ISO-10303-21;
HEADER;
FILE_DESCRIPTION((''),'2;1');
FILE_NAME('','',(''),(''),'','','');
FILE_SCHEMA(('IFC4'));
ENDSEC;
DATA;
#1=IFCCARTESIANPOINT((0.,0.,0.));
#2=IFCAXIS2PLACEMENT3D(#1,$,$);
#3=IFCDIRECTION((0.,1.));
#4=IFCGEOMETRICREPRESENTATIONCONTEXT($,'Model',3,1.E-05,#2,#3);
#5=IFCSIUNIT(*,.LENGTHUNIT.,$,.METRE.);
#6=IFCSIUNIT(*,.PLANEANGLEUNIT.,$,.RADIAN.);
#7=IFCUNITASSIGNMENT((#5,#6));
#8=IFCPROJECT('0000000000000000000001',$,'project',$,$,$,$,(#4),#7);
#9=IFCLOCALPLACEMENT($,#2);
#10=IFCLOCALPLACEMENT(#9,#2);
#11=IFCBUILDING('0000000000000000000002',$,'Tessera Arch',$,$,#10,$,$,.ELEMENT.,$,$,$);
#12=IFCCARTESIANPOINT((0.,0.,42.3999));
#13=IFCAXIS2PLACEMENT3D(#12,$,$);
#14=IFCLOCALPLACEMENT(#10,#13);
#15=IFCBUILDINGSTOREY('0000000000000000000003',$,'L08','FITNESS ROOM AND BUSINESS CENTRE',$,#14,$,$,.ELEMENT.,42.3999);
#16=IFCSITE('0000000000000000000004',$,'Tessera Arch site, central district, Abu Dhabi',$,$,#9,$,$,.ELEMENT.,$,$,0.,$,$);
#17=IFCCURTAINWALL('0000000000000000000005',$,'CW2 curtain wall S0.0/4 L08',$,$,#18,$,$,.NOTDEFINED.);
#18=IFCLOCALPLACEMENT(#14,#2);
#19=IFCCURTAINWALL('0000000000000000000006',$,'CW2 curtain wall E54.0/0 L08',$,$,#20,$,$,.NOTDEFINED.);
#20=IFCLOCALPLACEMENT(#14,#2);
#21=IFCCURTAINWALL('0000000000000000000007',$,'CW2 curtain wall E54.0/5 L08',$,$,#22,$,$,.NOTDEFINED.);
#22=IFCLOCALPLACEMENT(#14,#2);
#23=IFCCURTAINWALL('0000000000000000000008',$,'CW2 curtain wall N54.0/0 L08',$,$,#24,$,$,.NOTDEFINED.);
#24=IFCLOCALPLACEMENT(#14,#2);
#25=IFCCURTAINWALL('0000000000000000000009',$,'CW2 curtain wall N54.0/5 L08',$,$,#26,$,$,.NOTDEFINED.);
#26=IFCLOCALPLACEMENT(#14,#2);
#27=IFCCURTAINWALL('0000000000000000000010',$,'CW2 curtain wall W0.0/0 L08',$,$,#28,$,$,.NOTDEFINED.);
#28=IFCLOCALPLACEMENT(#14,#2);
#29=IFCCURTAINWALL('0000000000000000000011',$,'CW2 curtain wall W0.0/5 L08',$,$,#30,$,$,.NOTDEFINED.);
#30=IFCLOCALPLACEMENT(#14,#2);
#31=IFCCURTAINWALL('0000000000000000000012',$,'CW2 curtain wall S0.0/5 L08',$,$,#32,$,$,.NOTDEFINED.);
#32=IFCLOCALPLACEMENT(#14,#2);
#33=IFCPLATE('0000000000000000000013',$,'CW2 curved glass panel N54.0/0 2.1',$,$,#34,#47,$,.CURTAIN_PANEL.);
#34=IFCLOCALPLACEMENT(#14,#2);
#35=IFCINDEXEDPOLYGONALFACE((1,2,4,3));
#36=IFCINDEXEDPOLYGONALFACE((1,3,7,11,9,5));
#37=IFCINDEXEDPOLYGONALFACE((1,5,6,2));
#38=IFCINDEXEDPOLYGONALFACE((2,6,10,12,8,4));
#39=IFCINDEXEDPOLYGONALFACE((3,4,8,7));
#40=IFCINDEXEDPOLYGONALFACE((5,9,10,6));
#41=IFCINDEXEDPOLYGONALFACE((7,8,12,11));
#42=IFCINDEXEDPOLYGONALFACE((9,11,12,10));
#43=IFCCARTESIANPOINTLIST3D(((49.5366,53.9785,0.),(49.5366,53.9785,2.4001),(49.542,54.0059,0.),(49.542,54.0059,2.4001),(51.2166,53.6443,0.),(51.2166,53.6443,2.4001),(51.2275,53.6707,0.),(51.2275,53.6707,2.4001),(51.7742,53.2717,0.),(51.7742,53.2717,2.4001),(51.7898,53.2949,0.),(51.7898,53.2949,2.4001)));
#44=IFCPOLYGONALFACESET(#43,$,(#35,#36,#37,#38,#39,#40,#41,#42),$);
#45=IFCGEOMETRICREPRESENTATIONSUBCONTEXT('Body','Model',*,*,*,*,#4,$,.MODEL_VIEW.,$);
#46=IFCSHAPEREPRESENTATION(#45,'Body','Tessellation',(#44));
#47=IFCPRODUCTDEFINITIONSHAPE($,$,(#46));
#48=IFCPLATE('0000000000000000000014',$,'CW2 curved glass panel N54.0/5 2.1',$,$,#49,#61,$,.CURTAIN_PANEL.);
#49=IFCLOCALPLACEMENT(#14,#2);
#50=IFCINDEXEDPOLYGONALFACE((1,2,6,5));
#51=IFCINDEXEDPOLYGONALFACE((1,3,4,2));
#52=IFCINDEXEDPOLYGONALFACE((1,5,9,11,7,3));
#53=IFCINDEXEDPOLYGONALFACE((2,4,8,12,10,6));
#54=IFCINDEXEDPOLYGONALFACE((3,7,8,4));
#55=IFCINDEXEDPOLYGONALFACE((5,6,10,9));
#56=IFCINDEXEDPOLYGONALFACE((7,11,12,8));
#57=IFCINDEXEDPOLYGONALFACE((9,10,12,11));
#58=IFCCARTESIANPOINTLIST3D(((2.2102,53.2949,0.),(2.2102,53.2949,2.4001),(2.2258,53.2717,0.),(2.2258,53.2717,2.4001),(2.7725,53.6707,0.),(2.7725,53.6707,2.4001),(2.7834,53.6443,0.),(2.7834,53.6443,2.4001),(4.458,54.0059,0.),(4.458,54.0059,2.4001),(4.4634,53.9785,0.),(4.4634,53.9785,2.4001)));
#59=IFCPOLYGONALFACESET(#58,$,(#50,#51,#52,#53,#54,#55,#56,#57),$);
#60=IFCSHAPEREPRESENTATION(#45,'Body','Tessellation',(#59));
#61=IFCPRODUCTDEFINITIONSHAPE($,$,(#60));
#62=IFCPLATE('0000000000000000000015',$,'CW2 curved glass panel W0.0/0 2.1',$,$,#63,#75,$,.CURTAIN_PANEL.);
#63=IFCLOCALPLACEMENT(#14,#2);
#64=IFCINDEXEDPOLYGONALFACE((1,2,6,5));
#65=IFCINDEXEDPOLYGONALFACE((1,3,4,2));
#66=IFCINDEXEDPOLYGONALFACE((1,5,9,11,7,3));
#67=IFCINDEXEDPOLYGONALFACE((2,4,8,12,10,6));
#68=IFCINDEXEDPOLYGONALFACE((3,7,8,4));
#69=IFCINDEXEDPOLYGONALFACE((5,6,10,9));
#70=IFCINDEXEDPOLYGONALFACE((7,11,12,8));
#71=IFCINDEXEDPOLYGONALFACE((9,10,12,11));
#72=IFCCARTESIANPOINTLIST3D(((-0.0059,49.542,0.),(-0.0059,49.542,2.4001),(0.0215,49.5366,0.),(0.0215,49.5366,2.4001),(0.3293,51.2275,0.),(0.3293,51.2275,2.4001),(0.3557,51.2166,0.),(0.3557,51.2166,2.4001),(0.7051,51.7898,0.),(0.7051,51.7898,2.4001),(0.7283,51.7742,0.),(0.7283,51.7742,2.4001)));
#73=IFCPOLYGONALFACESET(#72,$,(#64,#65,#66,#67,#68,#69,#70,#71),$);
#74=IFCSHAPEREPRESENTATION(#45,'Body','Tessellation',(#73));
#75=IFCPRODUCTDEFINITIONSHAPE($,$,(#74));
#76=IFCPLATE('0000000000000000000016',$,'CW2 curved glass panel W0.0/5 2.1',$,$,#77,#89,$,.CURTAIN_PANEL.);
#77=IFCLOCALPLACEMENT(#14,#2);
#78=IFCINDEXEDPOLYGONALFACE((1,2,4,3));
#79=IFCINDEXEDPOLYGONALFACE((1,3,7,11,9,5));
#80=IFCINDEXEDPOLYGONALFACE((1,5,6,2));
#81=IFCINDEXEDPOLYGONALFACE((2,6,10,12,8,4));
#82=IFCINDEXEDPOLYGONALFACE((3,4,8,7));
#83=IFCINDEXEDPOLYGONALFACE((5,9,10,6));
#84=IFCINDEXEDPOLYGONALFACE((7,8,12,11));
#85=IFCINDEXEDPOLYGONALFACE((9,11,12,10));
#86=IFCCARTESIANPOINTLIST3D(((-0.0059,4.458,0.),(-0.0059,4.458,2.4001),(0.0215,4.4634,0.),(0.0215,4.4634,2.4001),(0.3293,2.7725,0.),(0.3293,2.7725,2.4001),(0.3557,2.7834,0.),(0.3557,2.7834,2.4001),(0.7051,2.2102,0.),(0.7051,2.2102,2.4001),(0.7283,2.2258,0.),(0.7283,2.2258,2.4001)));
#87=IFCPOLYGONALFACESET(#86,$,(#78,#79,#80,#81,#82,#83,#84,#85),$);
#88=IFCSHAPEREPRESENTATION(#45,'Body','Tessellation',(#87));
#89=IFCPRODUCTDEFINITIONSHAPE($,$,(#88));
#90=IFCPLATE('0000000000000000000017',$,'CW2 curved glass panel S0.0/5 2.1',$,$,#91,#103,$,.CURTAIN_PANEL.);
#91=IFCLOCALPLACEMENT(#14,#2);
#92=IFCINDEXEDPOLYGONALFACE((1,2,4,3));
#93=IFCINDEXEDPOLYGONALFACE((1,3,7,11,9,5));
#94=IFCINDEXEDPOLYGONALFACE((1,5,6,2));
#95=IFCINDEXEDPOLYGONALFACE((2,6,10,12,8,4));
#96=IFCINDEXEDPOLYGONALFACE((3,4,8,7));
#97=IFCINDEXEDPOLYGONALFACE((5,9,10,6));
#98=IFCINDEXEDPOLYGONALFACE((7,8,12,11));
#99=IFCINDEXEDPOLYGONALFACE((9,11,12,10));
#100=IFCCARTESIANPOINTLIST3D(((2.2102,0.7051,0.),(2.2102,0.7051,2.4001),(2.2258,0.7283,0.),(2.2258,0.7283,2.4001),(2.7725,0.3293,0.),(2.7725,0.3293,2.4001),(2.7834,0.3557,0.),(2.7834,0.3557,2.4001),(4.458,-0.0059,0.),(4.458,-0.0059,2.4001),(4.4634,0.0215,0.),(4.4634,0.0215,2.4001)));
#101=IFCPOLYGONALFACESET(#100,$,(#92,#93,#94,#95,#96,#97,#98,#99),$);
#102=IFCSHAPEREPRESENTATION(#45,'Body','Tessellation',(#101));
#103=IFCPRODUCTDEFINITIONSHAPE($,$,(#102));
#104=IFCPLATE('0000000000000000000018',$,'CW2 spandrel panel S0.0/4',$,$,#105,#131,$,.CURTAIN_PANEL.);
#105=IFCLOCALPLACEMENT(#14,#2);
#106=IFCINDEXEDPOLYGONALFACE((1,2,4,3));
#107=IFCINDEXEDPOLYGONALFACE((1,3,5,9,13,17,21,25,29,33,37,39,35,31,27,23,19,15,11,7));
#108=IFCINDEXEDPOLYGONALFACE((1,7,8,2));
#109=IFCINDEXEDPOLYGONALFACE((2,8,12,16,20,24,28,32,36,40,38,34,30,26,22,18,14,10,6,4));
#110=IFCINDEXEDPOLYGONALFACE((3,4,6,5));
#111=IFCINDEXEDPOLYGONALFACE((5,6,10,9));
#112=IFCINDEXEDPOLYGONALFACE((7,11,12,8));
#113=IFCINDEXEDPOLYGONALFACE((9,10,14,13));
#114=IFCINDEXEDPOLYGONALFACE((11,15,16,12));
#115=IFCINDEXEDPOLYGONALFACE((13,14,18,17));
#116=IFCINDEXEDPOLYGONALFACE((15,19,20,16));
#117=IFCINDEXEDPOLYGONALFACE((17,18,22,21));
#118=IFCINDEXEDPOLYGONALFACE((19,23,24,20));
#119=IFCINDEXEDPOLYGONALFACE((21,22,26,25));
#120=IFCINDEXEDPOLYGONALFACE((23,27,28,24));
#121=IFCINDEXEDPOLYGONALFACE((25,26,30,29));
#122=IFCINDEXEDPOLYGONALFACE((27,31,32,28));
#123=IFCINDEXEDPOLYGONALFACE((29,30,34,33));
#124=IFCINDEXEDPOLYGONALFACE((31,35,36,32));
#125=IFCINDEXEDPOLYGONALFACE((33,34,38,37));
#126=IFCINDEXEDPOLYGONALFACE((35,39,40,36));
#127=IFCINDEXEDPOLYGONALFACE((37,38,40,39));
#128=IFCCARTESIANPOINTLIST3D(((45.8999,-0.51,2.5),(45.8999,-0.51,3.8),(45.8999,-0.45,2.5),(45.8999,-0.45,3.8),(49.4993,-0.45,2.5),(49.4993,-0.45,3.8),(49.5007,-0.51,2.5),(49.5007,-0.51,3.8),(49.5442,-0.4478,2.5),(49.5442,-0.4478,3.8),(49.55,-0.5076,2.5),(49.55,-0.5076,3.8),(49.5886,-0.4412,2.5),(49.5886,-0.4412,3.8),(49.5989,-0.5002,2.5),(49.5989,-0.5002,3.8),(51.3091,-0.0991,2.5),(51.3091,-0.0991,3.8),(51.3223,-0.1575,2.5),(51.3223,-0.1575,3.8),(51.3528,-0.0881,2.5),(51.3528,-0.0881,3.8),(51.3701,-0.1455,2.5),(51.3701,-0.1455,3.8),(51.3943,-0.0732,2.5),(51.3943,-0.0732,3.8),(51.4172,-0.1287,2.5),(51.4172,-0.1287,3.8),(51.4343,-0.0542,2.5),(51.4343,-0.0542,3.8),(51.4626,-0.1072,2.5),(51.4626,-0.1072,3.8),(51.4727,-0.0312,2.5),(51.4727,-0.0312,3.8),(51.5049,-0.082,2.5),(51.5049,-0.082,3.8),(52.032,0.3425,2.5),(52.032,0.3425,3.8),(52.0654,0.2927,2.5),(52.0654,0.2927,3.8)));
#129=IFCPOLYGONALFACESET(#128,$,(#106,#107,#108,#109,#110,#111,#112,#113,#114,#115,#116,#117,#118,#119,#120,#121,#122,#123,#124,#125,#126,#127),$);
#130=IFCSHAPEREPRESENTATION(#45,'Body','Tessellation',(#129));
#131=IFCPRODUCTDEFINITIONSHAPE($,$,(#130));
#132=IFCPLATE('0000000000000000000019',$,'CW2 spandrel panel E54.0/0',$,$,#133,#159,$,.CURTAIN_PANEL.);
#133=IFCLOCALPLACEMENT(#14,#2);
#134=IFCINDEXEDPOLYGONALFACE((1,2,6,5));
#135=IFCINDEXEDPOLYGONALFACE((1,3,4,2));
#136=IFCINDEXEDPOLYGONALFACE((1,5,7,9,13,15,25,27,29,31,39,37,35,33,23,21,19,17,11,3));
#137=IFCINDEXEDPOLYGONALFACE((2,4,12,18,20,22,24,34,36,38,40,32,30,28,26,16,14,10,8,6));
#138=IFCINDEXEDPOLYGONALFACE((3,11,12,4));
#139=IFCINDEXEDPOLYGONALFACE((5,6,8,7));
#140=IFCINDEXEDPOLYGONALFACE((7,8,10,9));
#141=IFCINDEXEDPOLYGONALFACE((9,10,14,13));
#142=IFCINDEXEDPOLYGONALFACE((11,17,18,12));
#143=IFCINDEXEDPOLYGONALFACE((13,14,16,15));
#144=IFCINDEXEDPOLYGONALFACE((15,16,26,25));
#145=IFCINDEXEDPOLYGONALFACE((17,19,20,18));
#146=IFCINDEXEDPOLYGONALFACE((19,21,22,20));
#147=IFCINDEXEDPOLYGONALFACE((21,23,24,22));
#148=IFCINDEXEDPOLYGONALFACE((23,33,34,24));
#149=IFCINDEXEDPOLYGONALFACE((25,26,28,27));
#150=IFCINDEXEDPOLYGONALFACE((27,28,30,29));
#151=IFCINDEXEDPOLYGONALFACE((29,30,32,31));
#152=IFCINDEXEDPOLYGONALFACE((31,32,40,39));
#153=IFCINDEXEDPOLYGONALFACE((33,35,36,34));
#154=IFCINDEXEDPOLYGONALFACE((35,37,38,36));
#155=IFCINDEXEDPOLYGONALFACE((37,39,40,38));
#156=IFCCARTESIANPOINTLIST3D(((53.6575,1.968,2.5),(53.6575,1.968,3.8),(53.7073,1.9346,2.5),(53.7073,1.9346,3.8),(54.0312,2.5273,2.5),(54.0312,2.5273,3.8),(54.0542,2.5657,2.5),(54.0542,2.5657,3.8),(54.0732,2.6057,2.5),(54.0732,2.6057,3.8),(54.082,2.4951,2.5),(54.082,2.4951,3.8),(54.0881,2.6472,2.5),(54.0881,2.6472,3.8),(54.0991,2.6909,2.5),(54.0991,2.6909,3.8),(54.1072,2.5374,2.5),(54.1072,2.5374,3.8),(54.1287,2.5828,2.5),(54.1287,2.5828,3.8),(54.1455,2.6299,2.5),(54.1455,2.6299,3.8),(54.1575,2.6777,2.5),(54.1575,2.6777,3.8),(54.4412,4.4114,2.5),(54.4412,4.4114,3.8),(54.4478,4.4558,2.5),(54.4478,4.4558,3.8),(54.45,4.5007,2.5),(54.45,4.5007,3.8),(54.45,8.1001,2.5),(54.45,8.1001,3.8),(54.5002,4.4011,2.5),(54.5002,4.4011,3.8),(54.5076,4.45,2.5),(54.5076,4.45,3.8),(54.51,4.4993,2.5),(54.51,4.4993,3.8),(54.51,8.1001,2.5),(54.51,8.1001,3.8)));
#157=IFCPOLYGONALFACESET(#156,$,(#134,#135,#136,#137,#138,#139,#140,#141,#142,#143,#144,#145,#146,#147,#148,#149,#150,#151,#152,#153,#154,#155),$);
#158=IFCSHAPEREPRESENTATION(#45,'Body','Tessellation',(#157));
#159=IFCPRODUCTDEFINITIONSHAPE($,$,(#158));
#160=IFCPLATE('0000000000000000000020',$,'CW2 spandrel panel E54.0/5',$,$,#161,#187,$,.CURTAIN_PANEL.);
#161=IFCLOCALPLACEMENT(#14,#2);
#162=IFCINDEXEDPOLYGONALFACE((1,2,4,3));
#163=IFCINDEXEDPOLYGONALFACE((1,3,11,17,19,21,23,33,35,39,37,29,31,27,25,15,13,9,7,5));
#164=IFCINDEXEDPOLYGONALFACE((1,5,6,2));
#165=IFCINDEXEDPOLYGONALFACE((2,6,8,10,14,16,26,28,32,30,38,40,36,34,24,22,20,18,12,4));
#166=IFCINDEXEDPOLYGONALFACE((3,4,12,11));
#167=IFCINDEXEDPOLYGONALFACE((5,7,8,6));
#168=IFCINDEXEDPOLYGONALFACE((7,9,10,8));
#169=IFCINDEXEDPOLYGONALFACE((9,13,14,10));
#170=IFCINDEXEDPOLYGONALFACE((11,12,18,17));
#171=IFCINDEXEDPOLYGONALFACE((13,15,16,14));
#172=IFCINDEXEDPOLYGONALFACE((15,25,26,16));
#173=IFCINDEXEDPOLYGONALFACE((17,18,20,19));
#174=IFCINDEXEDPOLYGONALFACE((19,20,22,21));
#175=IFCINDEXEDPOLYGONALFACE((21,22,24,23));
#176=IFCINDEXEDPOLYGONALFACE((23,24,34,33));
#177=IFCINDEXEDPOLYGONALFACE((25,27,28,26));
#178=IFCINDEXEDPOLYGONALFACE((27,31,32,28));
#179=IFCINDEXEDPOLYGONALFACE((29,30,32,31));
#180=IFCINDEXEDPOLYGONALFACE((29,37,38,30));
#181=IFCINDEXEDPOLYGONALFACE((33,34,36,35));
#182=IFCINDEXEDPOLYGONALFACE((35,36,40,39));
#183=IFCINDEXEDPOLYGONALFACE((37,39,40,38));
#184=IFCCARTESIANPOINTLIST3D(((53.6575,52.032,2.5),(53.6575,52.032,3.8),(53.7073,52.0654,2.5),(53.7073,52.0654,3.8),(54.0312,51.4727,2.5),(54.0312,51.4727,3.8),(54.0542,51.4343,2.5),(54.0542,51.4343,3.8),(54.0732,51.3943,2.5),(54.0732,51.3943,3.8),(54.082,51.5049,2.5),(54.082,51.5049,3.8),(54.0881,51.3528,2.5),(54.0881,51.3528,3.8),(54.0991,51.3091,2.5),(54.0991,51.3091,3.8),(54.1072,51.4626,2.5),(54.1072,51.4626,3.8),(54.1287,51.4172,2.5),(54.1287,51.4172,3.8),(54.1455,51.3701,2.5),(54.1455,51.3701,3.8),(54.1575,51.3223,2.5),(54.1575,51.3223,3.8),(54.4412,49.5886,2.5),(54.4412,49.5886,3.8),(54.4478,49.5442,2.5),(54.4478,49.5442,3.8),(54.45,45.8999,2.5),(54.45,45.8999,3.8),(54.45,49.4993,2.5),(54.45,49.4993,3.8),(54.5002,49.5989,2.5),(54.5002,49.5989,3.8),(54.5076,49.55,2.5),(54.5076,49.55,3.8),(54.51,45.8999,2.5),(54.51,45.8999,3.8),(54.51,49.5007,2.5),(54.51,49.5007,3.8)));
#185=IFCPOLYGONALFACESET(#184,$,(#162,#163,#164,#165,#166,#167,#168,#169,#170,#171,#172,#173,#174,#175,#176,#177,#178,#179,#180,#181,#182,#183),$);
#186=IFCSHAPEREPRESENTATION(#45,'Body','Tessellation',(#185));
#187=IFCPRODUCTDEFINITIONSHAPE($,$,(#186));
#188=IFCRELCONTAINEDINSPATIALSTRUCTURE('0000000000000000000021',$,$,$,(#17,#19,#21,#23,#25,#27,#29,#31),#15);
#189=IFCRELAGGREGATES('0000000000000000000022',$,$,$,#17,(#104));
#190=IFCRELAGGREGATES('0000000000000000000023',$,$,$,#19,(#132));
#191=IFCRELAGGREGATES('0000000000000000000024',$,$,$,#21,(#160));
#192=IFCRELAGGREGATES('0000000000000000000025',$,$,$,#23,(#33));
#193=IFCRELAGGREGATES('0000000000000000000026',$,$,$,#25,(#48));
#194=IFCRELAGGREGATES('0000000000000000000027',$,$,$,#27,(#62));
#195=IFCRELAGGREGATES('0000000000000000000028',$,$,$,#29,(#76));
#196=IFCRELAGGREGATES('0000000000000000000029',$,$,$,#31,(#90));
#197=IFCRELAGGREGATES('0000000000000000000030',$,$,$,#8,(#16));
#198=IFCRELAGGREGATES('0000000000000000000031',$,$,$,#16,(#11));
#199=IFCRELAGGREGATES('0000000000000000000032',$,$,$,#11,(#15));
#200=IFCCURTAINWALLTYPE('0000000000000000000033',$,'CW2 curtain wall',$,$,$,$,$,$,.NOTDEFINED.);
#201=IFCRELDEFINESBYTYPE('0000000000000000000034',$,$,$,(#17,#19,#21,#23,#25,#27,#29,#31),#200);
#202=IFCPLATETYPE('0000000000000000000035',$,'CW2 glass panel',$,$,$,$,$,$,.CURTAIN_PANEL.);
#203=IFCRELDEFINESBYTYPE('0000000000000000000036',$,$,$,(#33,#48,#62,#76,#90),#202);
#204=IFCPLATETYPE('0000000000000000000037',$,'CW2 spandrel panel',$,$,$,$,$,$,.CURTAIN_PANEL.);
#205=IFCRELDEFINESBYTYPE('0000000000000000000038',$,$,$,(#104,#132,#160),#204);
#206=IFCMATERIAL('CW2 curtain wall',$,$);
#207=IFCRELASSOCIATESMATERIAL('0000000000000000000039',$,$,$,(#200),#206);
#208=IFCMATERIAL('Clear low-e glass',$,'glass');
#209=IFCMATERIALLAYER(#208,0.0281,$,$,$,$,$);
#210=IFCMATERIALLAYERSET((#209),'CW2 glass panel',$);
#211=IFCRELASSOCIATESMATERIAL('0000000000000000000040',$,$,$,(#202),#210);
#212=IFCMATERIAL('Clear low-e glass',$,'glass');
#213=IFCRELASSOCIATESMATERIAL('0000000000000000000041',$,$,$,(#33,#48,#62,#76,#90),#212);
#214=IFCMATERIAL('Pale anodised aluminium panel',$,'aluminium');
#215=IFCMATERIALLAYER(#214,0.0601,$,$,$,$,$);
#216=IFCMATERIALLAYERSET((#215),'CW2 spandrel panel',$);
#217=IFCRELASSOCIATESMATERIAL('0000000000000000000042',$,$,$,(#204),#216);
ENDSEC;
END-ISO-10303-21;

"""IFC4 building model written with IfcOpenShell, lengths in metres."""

from ifc_helpers import new_model, si_unit, direction, frame, origin, place, context, subcontext, project, spatial, polyline, outline, extrude, material, layer, layer_set, type_object, element, aggregate, save


model = new_model("IFC4")

# Units and contexts
model_context = context("Model", 3, precision=1e-05, world=origin(), true_north=direction((0.0, 1.0)))
body_context = subcontext(model_context, "Body", "Model", "MODEL_VIEW")
ifc_project = project(units=[si_unit("LENGTHUNIT", "METRE"), si_unit("PLANEANGLEUNIT", "RADIAN")], contexts=[model_context])

# Site, building, storey
site_placement = place(None, origin())
site = spatial("IfcSite", under=ifc_project, at=site_placement, Name="Tessera Arch site, central district, Abu Dhabi", CompositionType="ELEMENT", RefElevation=0.0)
building_placement = place(site_placement, origin())
building = spatial("IfcBuilding", under=site, at=building_placement, Name="Tessera Arch", CompositionType="ELEMENT")
storey_placement = place(building_placement, frame((0.0, 0.0, 42.3999)))
storey = spatial("IfcBuildingStorey", under=building, at=storey_placement, Name="L08", Description="FITNESS ROOM AND BUSINESS CENTRE", CompositionType="ELEMENT", Elevation=42.3999)

# Curtain walls
ifc_material_1 = material(Name="CW2 curtain wall")
curtain_wall_type = type_object("IfcCurtainWallType", Name="CW2 curtain wall", PredefinedType="NOTDEFINED", material=ifc_material_1)
curtain_wall_1_placement = place(storey_placement, origin())
curtain_wall_1 = element("IfcCurtainWall", 1, at=curtain_wall_1_placement, inside=storey, type_object=curtain_wall_type, Name="CW2 curtain wall S0.0/4 L08", PredefinedType="NOTDEFINED")
curtain_wall_2_placement = place(storey_placement, origin())
curtain_wall_2 = element("IfcCurtainWall", 2, at=curtain_wall_2_placement, inside=storey, type_object=curtain_wall_type, Name="CW2 curtain wall E54.0/0 L08", PredefinedType="NOTDEFINED")
curtain_wall_3_placement = place(storey_placement, origin())
curtain_wall_3 = element("IfcCurtainWall", 3, at=curtain_wall_3_placement, inside=storey, type_object=curtain_wall_type, Name="CW2 curtain wall E54.0/5 L08", PredefinedType="NOTDEFINED")
curtain_wall_4_placement = place(storey_placement, origin())
curtain_wall_4 = element("IfcCurtainWall", 4, at=curtain_wall_4_placement, inside=storey, type_object=curtain_wall_type, Name="CW2 curtain wall N54.0/0 L08", PredefinedType="NOTDEFINED")
curtain_wall_5_placement = place(storey_placement, origin())
curtain_wall_5 = element("IfcCurtainWall", 5, at=curtain_wall_5_placement, inside=storey, type_object=curtain_wall_type, Name="CW2 curtain wall N54.0/5 L08", PredefinedType="NOTDEFINED")
curtain_wall_6_placement = place(storey_placement, origin())
curtain_wall_6 = element("IfcCurtainWall", 6, at=curtain_wall_6_placement, inside=storey, type_object=curtain_wall_type, Name="CW2 curtain wall W0.0/0 L08", PredefinedType="NOTDEFINED")
curtain_wall_7_placement = place(storey_placement, origin())
curtain_wall_7 = element("IfcCurtainWall", 7, at=curtain_wall_7_placement, inside=storey, type_object=curtain_wall_type, Name="CW2 curtain wall W0.0/5 L08", PredefinedType="NOTDEFINED")
curtain_wall_8_placement = place(storey_placement, origin())
curtain_wall_8 = element("IfcCurtainWall", 8, at=curtain_wall_8_placement, inside=storey, type_object=curtain_wall_type, Name="CW2 curtain wall S0.0/5 L08", PredefinedType="NOTDEFINED")

# Plates
ifc_material_2 = material(Name="Clear low-e glass", Category="glass")
ifc_material_3 = material(Name="Clear low-e glass", Category="glass")
ifc_layer_1 = layer(ifc_material_3, 0.0281)
ifc_layer_set_1 = layer_set([ifc_layer_1], Name="CW2 glass panel")
plate_type_1 = type_object("IfcPlateType", Name="CW2 glass panel", PredefinedType="CURTAIN_PANEL", material=ifc_layer_set_1)
plate_1_placement = place(storey_placement, origin())
plate_1 = element("IfcPlate", 9, at=plate_1_placement, type_object=plate_type_1, material=ifc_material_2, Name="CW2 curved glass panel N54.0/0 2.1", PredefinedType="CURTAIN_PANEL", context=body_context, shape_type="SweptSolid", body=[
    extrude(outline(polyline([(51.2166, 53.6443), (51.7742, 53.2717), (51.7898, 53.2949), (51.2275, 53.6707), (49.542, 54.0059), (49.5366, 53.9785), (51.2166, 53.6443)])), origin(), (0.0, 0.0, 1.0), 2.4001),
])
plate_2_placement = place(storey_placement, origin())
plate_2 = element("IfcPlate", 10, at=plate_2_placement, type_object=plate_type_1, material=ifc_material_2, Name="CW2 curved glass panel N54.0/5 2.1", PredefinedType="CURTAIN_PANEL", context=body_context, shape_type="SweptSolid", body=[
    extrude(outline(polyline([(2.7834, 53.6443), (4.4634, 53.9785), (4.458, 54.0059), (2.7725, 53.6707), (2.2102, 53.2949), (2.2258, 53.2717), (2.7834, 53.6443)])), origin(), (0.0, 0.0, 1.0), 2.4001),
])
plate_3_placement = place(storey_placement, origin())
plate_3 = element("IfcPlate", 11, at=plate_3_placement, type_object=plate_type_1, material=ifc_material_2, Name="CW2 curved glass panel W0.0/0 2.1", PredefinedType="CURTAIN_PANEL", context=body_context, shape_type="SweptSolid", body=[
    extrude(outline(polyline([(0.3557, 51.2166), (0.7283, 51.7742), (0.7051, 51.7898), (0.3293, 51.2275), (-0.0059, 49.542), (0.0215, 49.5366), (0.3557, 51.2166)])), origin(), (0.0, 0.0, 1.0), 2.4001),
])
plate_4_placement = place(storey_placement, origin())
plate_4 = element("IfcPlate", 12, at=plate_4_placement, type_object=plate_type_1, material=ifc_material_2, Name="CW2 curved glass panel W0.0/5 2.1", PredefinedType="CURTAIN_PANEL", context=body_context, shape_type="SweptSolid", body=[
    extrude(outline(polyline([(0.3557, 2.7834), (0.0215, 4.4634), (-0.0059, 4.458), (0.3293, 2.7725), (0.7051, 2.2102), (0.7283, 2.2258), (0.3557, 2.7834)])), origin(), (0.0, 0.0, 1.0), 2.4001),
])
plate_5_placement = place(storey_placement, origin())
plate_5 = element("IfcPlate", 13, at=plate_5_placement, type_object=plate_type_1, material=ifc_material_2, Name="CW2 curved glass panel S0.0/5 2.1", PredefinedType="CURTAIN_PANEL", context=body_context, shape_type="SweptSolid", body=[
    extrude(outline(polyline([(2.7834, 0.3557), (2.2258, 0.7283), (2.2102, 0.7051), (2.7725, 0.3293), (4.458, -0.0059), (4.4634, 0.0215), (2.7834, 0.3557)])), origin(), (0.0, 0.0, 1.0), 2.4001),
])
ifc_material_4 = material(Name="Pale anodised aluminium panel", Category="aluminium")
ifc_layer_2 = layer(ifc_material_4, 0.0601)
ifc_layer_set_2 = layer_set([ifc_layer_2], Name="CW2 spandrel panel")
plate_type_2 = type_object("IfcPlateType", Name="CW2 spandrel panel", PredefinedType="CURTAIN_PANEL", material=ifc_layer_set_2)
plate_6_placement = place(storey_placement, frame((0.0, 0.0, 2.5)))
plate_6 = element("IfcPlate", 14, at=plate_6_placement, type_object=plate_type_2, Name="CW2 spandrel panel S0.0/4", PredefinedType="CURTAIN_PANEL", context=body_context, shape_type="SweptSolid", body=[
    extrude(outline(polyline([(49.4993, -0.45), (45.8999, -0.45), (45.8999, -0.51), (49.5007, -0.51), (49.55, -0.5076), (49.5989, -0.5002), (51.3223, -0.1575), (51.3701, -0.1455), (51.4172, -0.1287), (51.4626, -0.1072), (51.5049, -0.082), (52.0654, 0.2927), (52.032, 0.3425), (51.4727, -0.0312), (51.4343, -0.0542), (51.3943, -0.0732), (51.3528, -0.0881), (51.3091, -0.0991), (49.5886, -0.4412), (49.5442, -0.4478), (49.4993, -0.45)])), origin(), (0.0, 0.0, 1.0), 1.3),
])
aggregate(curtain_wall_1, [plate_6])
plate_7_placement = place(storey_placement, frame((0.0, 0.0, 2.5)))
plate_7 = element("IfcPlate", 15, at=plate_7_placement, type_object=plate_type_2, Name="CW2 spandrel panel E54.0/0", PredefinedType="CURTAIN_PANEL", context=body_context, shape_type="SweptSolid", body=[
    extrude(outline(polyline([(54.0312, 2.5273), (53.6575, 1.968), (53.7073, 1.9346), (54.082, 2.4951), (54.1072, 2.5374), (54.1287, 2.5828), (54.1455, 2.6299), (54.1575, 2.6777), (54.5002, 4.4011), (54.5076, 4.45), (54.51, 4.4993), (54.51, 8.1001), (54.45, 8.1001), (54.45, 4.5007), (54.4478, 4.4558), (54.4412, 4.4114), (54.0991, 2.6909), (54.0881, 2.6472), (54.0732, 2.6057), (54.0542, 2.5657), (54.0312, 2.5273)])), origin(), (0.0, 0.0, 1.0), 1.3),
])
aggregate(curtain_wall_2, [plate_7])
plate_8_placement = place(storey_placement, frame((0.0, 0.0, 2.5)))
plate_8 = element("IfcPlate", 16, at=plate_8_placement, type_object=plate_type_2, Name="CW2 spandrel panel E54.0/5", PredefinedType="CURTAIN_PANEL", context=body_context, shape_type="SweptSolid", body=[
    extrude(outline(polyline([(54.45, 49.4993), (54.45, 45.8999), (54.51, 45.8999), (54.51, 49.5007), (54.5076, 49.55), (54.5002, 49.5989), (54.1575, 51.3223), (54.1455, 51.3701), (54.1287, 51.4172), (54.1072, 51.4626), (54.082, 51.5049), (53.7073, 52.0654), (53.6575, 52.032), (54.0312, 51.4727), (54.0542, 51.4343), (54.0732, 51.3943), (54.0881, 51.3528), (54.0991, 51.3091), (54.4412, 49.5886), (54.4478, 49.5442), (54.45, 49.4993)])), origin(), (0.0, 0.0, 1.0), 1.3),
])
aggregate(curtain_wall_3, [plate_8])
aggregate(curtain_wall_4, [plate_1])
aggregate(curtain_wall_5, [plate_2])
aggregate(curtain_wall_6, [plate_3])
aggregate(curtain_wall_7, [plate_4])
aggregate(curtain_wall_8, [plate_5])

save(model, "model.ifc")
